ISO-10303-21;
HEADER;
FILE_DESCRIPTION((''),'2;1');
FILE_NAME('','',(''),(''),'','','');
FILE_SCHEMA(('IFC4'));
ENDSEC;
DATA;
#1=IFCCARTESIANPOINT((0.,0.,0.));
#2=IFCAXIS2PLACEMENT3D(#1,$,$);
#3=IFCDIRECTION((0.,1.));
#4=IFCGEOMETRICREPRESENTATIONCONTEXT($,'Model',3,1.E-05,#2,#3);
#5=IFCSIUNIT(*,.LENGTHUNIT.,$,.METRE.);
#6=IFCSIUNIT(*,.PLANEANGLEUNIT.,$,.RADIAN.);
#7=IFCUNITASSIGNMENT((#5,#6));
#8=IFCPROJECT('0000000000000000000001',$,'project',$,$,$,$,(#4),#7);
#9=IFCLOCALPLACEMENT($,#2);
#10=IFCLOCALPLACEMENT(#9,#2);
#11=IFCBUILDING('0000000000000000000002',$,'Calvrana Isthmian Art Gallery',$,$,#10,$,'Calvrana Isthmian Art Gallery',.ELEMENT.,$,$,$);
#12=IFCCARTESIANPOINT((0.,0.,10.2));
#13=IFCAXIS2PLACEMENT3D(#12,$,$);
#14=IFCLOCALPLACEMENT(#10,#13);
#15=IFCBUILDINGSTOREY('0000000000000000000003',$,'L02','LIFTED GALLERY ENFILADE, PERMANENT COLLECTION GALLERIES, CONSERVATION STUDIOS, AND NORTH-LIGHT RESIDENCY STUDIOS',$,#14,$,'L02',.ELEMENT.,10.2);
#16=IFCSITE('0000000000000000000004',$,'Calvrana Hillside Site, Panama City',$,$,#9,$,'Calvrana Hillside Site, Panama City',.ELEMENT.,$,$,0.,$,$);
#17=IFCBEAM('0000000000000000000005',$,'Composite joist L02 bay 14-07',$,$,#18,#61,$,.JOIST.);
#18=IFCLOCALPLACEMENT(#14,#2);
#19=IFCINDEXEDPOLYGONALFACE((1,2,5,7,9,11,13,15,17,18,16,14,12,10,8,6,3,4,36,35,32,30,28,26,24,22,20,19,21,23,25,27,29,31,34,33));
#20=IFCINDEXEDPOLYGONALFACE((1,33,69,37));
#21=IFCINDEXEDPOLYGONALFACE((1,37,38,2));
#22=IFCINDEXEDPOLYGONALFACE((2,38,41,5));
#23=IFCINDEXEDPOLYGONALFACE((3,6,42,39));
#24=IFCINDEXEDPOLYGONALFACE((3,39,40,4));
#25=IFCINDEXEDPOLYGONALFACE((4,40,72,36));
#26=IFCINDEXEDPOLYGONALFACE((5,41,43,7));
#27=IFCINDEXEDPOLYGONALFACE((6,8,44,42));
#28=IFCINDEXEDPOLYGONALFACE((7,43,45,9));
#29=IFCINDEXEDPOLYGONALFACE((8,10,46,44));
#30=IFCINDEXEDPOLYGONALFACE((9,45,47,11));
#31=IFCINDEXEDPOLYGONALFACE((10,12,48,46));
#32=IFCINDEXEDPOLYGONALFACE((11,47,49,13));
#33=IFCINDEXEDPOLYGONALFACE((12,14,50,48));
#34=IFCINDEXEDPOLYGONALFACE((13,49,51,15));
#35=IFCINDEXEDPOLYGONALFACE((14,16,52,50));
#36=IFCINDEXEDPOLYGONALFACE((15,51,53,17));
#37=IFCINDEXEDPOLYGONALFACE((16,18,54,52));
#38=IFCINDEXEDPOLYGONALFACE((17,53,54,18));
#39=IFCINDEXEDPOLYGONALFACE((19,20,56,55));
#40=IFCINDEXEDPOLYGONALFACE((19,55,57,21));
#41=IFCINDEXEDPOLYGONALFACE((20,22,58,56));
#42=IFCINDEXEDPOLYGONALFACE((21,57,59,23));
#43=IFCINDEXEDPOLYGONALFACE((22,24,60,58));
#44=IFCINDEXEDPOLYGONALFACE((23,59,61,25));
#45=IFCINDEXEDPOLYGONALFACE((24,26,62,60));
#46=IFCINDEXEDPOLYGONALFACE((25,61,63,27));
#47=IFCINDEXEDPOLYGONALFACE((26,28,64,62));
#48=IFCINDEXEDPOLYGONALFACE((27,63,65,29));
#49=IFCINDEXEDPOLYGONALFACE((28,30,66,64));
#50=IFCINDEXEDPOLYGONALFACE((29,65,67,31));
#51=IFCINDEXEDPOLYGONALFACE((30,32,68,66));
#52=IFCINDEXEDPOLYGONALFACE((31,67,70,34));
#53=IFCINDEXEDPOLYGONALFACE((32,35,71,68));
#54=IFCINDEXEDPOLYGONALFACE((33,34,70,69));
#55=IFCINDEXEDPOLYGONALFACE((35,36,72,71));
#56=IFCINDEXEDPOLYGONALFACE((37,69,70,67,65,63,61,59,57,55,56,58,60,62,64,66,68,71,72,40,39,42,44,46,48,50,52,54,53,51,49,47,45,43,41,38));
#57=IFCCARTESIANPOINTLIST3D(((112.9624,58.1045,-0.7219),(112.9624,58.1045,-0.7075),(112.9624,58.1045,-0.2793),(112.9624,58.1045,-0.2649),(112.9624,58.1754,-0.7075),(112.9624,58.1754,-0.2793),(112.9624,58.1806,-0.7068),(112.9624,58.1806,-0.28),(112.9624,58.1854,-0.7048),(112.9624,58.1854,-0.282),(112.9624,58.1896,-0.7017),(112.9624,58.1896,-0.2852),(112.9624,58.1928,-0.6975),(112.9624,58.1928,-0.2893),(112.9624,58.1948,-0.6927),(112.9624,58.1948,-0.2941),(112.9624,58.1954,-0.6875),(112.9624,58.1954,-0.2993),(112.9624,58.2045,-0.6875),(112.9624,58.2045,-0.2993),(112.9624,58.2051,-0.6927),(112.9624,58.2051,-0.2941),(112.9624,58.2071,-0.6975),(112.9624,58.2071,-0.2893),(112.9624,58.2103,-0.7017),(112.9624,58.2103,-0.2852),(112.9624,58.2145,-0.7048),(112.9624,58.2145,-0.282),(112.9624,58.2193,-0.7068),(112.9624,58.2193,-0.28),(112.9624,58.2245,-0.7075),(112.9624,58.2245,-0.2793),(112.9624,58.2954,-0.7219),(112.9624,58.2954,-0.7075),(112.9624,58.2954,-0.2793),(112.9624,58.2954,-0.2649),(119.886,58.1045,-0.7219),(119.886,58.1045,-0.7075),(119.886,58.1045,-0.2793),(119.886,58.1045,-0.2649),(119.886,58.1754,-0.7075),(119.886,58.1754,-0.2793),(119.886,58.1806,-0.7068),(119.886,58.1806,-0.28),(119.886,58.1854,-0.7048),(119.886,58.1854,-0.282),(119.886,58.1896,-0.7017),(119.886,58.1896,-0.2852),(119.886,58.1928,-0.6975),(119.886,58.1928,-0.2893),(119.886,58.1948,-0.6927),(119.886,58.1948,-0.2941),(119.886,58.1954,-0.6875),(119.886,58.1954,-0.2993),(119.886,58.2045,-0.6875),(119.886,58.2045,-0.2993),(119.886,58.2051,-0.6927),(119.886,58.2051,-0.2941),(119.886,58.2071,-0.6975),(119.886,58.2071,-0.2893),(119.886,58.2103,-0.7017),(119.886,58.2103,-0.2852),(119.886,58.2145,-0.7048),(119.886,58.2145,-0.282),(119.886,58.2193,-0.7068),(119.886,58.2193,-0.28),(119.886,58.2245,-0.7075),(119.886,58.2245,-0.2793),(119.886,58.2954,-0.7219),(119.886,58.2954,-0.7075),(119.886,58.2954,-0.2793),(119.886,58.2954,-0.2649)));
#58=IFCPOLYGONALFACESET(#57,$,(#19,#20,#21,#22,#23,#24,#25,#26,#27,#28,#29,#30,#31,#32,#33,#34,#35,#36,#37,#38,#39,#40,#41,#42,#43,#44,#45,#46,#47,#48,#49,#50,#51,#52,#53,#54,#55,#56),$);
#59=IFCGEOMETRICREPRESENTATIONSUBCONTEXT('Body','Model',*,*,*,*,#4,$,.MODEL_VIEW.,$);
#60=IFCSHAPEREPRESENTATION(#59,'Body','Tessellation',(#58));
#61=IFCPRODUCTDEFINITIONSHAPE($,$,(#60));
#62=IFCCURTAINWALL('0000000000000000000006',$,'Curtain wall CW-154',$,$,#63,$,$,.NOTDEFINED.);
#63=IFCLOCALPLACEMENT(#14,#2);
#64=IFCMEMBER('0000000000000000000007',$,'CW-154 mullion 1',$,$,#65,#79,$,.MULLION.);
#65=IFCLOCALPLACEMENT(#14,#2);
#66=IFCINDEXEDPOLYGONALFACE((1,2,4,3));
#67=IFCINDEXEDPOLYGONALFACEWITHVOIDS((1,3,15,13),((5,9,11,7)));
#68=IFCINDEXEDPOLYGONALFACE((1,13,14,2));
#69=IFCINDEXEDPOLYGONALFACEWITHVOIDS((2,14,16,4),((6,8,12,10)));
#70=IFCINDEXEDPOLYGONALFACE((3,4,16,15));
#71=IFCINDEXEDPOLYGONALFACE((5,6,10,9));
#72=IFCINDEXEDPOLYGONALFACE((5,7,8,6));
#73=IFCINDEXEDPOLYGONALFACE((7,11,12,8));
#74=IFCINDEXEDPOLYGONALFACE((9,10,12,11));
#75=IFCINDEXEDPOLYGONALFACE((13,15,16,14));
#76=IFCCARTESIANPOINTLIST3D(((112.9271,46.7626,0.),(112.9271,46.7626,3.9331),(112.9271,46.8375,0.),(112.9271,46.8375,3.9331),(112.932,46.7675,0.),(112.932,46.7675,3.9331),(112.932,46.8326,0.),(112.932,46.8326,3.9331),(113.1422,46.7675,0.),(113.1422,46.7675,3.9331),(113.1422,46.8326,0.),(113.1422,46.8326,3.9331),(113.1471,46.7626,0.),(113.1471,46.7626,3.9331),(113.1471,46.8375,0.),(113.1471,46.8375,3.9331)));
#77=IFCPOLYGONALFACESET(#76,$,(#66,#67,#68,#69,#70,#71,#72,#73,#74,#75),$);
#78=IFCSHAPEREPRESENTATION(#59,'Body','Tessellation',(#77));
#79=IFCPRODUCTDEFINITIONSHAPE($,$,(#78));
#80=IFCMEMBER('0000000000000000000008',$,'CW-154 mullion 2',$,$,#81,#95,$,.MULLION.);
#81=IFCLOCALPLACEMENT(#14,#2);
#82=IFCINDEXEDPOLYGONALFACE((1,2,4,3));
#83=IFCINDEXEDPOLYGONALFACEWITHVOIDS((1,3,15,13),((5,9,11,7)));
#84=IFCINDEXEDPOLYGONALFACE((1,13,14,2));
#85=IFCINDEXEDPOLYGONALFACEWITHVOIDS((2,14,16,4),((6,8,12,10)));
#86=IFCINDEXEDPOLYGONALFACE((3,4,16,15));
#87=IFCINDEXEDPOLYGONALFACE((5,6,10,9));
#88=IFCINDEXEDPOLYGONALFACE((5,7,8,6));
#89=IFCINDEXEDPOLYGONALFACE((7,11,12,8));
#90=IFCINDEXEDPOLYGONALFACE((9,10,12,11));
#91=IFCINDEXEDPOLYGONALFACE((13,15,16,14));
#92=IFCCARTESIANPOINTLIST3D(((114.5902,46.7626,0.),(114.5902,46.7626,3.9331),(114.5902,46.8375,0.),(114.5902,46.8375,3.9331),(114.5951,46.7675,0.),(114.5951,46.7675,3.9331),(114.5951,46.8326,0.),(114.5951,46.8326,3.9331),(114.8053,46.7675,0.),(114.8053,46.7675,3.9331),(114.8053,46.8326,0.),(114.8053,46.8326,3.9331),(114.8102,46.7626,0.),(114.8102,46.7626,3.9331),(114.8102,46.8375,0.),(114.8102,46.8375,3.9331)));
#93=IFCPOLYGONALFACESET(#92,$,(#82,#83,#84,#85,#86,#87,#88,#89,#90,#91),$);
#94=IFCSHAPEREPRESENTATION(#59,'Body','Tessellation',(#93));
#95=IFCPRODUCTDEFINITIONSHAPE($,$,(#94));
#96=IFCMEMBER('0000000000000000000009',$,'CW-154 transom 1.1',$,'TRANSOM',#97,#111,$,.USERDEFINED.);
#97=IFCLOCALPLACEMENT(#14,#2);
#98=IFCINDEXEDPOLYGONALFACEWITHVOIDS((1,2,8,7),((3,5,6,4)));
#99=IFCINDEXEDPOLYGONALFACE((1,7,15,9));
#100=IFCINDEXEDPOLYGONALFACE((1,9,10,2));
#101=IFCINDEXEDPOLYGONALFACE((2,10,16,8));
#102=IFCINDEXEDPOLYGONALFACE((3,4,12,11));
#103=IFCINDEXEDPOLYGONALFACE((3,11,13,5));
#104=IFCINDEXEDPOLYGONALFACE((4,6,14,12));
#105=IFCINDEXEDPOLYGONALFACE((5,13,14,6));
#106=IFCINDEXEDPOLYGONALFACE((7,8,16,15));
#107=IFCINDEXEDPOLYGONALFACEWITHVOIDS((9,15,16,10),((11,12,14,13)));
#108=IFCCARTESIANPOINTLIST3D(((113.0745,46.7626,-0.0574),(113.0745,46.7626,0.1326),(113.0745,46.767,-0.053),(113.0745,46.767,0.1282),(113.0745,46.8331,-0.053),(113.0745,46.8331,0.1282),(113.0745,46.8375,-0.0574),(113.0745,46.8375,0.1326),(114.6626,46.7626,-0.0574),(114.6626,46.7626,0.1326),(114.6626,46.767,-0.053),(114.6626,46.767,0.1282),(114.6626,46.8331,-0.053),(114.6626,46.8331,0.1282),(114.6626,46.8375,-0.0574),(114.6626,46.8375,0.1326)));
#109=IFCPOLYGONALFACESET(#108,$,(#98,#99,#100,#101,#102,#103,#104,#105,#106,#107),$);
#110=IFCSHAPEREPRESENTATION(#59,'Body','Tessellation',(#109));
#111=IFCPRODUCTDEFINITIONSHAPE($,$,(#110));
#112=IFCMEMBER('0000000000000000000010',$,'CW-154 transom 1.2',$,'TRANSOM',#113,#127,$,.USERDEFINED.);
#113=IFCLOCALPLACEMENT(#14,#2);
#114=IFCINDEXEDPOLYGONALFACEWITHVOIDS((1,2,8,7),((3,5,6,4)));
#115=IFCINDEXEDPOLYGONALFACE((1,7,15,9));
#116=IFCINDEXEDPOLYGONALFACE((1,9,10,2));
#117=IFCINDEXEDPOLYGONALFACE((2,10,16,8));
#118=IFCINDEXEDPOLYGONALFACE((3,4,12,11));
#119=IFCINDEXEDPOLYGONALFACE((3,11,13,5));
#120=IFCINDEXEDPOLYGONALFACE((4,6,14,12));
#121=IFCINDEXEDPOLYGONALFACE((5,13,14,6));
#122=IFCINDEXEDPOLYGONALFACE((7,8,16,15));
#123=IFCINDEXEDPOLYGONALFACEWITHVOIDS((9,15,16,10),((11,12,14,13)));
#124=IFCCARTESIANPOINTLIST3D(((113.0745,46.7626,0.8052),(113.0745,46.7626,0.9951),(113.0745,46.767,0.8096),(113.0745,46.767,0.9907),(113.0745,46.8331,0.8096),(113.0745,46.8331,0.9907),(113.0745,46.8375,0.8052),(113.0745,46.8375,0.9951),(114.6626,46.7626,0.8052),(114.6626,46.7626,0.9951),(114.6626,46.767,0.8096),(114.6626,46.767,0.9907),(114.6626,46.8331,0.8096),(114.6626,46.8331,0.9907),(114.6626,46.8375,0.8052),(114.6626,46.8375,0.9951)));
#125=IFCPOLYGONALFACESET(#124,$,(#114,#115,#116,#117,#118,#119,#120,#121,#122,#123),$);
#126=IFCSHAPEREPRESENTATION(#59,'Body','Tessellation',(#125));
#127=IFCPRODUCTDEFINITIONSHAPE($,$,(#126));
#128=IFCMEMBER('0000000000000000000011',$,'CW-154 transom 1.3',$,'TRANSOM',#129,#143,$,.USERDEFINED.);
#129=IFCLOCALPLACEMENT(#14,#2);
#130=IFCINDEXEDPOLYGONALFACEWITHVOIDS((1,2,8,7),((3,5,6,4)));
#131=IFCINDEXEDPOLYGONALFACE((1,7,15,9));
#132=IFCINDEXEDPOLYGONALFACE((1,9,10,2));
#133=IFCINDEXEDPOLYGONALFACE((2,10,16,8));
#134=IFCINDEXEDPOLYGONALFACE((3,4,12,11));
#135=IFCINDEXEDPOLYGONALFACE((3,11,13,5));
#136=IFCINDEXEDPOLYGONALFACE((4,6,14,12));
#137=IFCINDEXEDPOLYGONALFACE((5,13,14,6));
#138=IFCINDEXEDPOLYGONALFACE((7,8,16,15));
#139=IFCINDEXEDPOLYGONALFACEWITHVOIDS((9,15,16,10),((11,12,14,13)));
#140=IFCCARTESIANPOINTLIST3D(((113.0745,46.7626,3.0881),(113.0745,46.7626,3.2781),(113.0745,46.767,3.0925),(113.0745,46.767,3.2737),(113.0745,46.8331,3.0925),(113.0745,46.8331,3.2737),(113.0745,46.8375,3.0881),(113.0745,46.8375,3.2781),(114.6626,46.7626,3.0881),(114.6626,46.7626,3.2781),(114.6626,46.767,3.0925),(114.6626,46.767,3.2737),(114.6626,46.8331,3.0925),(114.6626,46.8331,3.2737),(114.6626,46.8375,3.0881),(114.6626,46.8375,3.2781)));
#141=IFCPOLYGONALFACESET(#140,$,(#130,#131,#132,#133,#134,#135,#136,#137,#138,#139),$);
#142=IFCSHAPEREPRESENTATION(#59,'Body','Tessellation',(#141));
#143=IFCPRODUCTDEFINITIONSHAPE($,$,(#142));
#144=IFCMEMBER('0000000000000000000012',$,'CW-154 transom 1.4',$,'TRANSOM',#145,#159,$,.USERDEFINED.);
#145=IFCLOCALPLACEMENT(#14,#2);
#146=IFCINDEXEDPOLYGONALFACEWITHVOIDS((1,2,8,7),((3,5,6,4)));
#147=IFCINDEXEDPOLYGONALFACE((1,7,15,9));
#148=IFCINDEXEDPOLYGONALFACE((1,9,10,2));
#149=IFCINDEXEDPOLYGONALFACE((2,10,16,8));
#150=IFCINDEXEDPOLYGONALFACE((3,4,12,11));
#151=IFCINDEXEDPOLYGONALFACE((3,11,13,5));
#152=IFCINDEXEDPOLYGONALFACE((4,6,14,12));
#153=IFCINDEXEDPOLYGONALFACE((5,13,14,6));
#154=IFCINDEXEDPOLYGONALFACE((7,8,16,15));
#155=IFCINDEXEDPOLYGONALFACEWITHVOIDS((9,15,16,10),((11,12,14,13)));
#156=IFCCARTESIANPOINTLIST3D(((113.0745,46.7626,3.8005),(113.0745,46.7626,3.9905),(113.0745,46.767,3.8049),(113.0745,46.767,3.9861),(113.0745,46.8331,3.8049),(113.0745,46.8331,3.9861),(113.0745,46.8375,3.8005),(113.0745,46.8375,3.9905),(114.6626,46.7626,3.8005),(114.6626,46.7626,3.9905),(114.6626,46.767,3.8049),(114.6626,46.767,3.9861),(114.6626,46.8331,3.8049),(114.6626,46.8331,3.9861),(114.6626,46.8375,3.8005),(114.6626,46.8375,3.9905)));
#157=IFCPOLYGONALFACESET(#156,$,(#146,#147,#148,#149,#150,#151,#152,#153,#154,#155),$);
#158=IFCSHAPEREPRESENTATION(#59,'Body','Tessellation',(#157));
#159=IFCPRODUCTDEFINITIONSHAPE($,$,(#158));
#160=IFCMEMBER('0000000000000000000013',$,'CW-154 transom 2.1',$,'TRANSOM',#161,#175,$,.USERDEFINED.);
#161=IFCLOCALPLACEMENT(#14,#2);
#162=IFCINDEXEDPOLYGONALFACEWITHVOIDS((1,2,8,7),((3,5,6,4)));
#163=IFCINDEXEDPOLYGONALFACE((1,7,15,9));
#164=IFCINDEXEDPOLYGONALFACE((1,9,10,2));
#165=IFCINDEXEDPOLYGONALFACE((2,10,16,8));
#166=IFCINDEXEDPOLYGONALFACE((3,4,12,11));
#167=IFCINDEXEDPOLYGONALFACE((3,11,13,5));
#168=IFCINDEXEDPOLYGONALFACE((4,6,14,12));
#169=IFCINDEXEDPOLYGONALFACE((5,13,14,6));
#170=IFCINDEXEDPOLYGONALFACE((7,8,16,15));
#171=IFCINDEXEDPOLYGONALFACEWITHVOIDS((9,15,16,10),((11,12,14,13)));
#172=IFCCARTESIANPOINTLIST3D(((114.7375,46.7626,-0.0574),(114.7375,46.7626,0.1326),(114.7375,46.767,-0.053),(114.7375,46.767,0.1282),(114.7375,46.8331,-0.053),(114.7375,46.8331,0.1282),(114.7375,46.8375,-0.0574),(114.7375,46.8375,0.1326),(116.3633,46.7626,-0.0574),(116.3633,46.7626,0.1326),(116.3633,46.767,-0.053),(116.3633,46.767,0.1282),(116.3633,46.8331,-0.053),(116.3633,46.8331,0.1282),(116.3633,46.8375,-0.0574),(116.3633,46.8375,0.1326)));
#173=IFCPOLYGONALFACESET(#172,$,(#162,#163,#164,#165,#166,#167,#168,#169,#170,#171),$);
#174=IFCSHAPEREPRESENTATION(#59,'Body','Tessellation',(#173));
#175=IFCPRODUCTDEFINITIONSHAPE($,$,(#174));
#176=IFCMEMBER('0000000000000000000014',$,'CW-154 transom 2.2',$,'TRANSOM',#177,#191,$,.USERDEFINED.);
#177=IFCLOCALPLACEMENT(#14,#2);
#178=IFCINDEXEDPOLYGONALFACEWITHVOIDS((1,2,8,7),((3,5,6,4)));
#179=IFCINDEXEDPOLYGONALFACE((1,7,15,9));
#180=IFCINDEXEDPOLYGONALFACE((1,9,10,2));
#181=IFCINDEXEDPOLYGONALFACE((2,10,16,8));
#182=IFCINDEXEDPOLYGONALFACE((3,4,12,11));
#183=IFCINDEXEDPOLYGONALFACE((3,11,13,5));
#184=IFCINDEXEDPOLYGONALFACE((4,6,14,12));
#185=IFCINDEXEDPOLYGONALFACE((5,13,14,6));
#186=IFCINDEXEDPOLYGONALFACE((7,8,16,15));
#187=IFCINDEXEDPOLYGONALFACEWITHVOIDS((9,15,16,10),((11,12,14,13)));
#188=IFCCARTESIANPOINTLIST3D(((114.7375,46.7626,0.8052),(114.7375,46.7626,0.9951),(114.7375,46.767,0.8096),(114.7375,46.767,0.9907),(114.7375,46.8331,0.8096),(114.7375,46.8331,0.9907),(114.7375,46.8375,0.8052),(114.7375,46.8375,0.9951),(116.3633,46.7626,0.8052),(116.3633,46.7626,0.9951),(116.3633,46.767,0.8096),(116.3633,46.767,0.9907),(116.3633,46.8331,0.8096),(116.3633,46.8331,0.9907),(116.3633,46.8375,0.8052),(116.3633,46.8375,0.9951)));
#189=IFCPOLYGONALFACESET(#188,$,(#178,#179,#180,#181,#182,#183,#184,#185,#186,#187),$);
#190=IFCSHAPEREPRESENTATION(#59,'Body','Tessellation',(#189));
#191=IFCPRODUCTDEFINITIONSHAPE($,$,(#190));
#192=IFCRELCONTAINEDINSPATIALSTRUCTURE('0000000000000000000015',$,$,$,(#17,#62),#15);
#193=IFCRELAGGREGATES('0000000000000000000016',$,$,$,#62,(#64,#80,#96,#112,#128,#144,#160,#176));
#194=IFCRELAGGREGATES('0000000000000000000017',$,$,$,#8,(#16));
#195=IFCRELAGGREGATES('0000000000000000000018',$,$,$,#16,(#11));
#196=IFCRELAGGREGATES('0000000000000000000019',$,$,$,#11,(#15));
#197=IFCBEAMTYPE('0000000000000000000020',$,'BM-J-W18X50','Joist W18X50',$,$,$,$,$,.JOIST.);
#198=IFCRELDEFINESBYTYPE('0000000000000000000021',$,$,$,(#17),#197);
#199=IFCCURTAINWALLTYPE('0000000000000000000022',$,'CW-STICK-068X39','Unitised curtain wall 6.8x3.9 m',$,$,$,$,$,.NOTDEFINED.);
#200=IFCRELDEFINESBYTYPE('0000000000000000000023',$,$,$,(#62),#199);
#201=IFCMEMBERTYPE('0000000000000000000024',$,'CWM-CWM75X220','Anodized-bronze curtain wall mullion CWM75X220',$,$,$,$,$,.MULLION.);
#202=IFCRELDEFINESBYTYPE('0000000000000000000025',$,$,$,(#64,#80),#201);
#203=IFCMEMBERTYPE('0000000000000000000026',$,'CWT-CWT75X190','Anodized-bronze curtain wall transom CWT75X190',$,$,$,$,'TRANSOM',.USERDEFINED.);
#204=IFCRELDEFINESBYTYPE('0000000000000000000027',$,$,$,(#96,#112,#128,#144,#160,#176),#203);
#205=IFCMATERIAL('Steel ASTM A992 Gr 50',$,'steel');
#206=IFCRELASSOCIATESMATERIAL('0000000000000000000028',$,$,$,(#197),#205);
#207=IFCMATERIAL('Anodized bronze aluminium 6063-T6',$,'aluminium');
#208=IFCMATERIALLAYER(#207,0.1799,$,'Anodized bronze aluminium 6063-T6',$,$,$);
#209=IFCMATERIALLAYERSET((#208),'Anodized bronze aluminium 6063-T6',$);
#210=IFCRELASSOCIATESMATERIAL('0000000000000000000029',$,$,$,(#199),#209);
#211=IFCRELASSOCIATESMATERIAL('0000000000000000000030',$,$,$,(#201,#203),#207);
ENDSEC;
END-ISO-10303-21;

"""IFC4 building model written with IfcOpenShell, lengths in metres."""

from ifc_helpers import new_model, si_unit, direction, frame, origin, origin_2d, place, context, subcontext, project, spatial, hollow_rectangle, i_section, extrude, material, layer, layer_set, material_profile, profile_set, type_object, element, aggregate, save


model = new_model("IFC4")

# Units and contexts
model_context = context("Model", 3, precision=1e-05, world=origin(), true_north=direction((0.0, 1.0)))
body_context = subcontext(model_context, "Body", "Model", "MODEL_VIEW")
ifc_project = project(units=[si_unit("LENGTHUNIT", "METRE"), si_unit("PLANEANGLEUNIT", "RADIAN")], contexts=[model_context])

# Site, building, storey
site_placement = place(None, origin())
site = spatial("IfcSite", under=ifc_project, at=site_placement, Name="Calvrana Hillside Site, Panama City", LongName="Calvrana Hillside Site, Panama City", CompositionType="ELEMENT", RefElevation=0.0)
building_placement = place(site_placement, origin())
building = spatial("IfcBuilding", under=site, at=building_placement, Name="Calvrana Isthmian Art Gallery", LongName="Calvrana Isthmian Art Gallery", CompositionType="ELEMENT")
storey_placement = place(building_placement, frame((0.0, 0.0, 10.2)))
storey = spatial("IfcBuildingStorey", under=building, at=storey_placement, Name="L02", Description="LIFTED GALLERY ENFILADE, PERMANENT COLLECTION GALLERIES, CONSERVATION STUDIOS, AND NORTH-LIGHT RESIDENCY STUDIOS", LongName="L02", CompositionType="ELEMENT", Elevation=10.2)

# Shared definitions
ifc_material_1 = material(Name="Steel ASTM A992 Gr 50", Category="steel")

# Beam
ifc_material_profile_1 = material_profile(ifc_material_1, i_section(OverallWidth=0.1909, OverallDepth=0.457, WebThickness=0.009, FlangeThickness=0.0144, FilletRadius=0.02, at=origin_2d()), Name="W18X50")
ifc_profile_set_1 = profile_set([ifc_material_profile_1], Name="Steel ASTM A992 Gr 50")
beam_type_1 = type_object("IfcBeamType", Name="BM-J-W18X50", Description="Joist W18X50", PredefinedType="JOIST", material=ifc_profile_set_1)
beam_1_placement = place(storey_placement, frame((112.9624, 58.2, -0.4934), z_axis=(1.0, 0.0, 0.0), x_axis=(0.0, 1.0, 0.0)))
element("IfcBeam", 1, at=beam_1_placement, inside=storey, type_object=beam_type_1, Name="Composite joist L02 bay 14-07", PredefinedType="JOIST", context=body_context, shape_type="SweptSolid", body=[
    extrude(i_section(OverallWidth=0.1909, OverallDepth=0.457, WebThickness=0.009, FlangeThickness=0.0144, FilletRadius=0.02, at=origin_2d()), origin(), (0.0, 0.0, 1.0), 6.9236),
])

# Curtain wall, members
ifc_material_2 = material(Name="Anodized bronze aluminium 6063-T6", Category="aluminium")
ifc_layer_1 = layer(ifc_material_2, 0.1799, Name="Anodized bronze aluminium 6063-T6")
ifc_layer_set_1 = layer_set([ifc_layer_1], Name="Anodized bronze aluminium 6063-T6")
curtain_wall_type = type_object("IfcCurtainWallType", Name="CW-STICK-068X39", Description="Unitised curtain wall 6.8x3.9 m", PredefinedType="NOTDEFINED", material=ifc_layer_set_1)
curtain_wall_placement = place(storey_placement, origin())
curtain_wall = element("IfcCurtainWall", 2, at=curtain_wall_placement, inside=storey, type_object=curtain_wall_type, Name="Curtain wall CW-154", PredefinedType="NOTDEFINED")
ifc_material_profile_2 = material_profile(ifc_material_2, hollow_rectangle(XDim=0.075, YDim=0.22, WallThickness=0.0049, at=origin_2d()), Name="CWM75X220")
ifc_profile_set_2 = profile_set([ifc_material_profile_2], Name="Anodized bronze aluminium 6063-T6")
member_type_1 = type_object("IfcMemberType", Name="CWM-CWM75X220", Description="Anodized-bronze curtain wall mullion CWM75X220", PredefinedType="MULLION", material=ifc_profile_set_2)
member_1_placement = place(storey_placement, frame((113.0371, 46.8, 0.0), z_axis=(0.0, 0.0, 1.0), x_axis=(0.0, 1.0, 0.0)))
member_1 = element("IfcMember", 3, at=member_1_placement, type_object=member_type_1, Name="CW-154 mullion 1", PredefinedType="MULLION", context=body_context, shape_type="SweptSolid", body=[
    extrude(hollow_rectangle(XDim=0.075, YDim=0.22, WallThickness=0.0049, at=origin_2d()), origin(), (0.0, 0.0, 1.0), 3.9331),
])
member_2_placement = place(storey_placement, frame((114.7002, 46.8, 0.0), z_axis=(0.0, 0.0, 1.0), x_axis=(0.0, 1.0, 0.0)))
member_2 = element("IfcMember", 4, at=member_2_placement, type_object=member_type_1, Name="CW-154 mullion 2", PredefinedType="MULLION", context=body_context, shape_type="SweptSolid", body=[
    extrude(hollow_rectangle(XDim=0.075, YDim=0.22, WallThickness=0.0049, at=origin_2d()), origin(), (0.0, 0.0, 1.0), 3.9331),
])
ifc_material_profile_3 = material_profile(ifc_material_2, hollow_rectangle(XDim=0.075, YDim=0.1899, WallThickness=0.0044, at=origin_2d()), Name="CWT75X190")
ifc_profile_set_3 = profile_set([ifc_material_profile_3], Name="Anodized bronze aluminium 6063-T6")
member_type_2 = type_object("IfcMemberType", Name="CWT-CWT75X190", Description="Anodized-bronze curtain wall transom CWT75X190", ElementType="TRANSOM", PredefinedType="USERDEFINED", material=ifc_profile_set_3)
member_3_placement = place(storey_placement, frame((113.0745, 46.8, 0.0376), z_axis=(1.0, 0.0, 0.0), x_axis=(0.0, 1.0, 0.0)))
member_3 = element("IfcMember", 5, at=member_3_placement, type_object=member_type_2, Name="CW-154 transom 1.1", ObjectType="TRANSOM", PredefinedType="USERDEFINED", context=body_context, shape_type="SweptSolid", body=[
    extrude(hollow_rectangle(XDim=0.075, YDim=0.1899, WallThickness=0.0044, at=origin_2d()), origin(), (0.0, 0.0, 1.0), 1.5881),
])
member_4_placement = place(storey_placement, frame((113.0745, 46.8, 0.9001), z_axis=(1.0, 0.0, 0.0), x_axis=(0.0, 1.0, 0.0)))
member_4 = element("IfcMember", 6, at=member_4_placement, type_object=member_type_2, Name="CW-154 transom 1.2", ObjectType="TRANSOM", PredefinedType="USERDEFINED", context=body_context, shape_type="SweptSolid", body=[
    extrude(hollow_rectangle(XDim=0.075, YDim=0.1899, WallThickness=0.0044, at=origin_2d()), origin(), (0.0, 0.0, 1.0), 1.5881),
])
member_5_placement = place(storey_placement, frame((113.0745, 46.8, 3.1831), z_axis=(1.0, 0.0, 0.0), x_axis=(0.0, 1.0, 0.0)))
member_5 = element("IfcMember", 7, at=member_5_placement, type_object=member_type_2, Name="CW-154 transom 1.3", ObjectType="TRANSOM", PredefinedType="USERDEFINED", context=body_context, shape_type="SweptSolid", body=[
    extrude(hollow_rectangle(XDim=0.075, YDim=0.1899, WallThickness=0.0044, at=origin_2d()), origin(), (0.0, 0.0, 1.0), 1.5881),
])
member_6_placement = place(storey_placement, frame((113.0745, 46.8, 3.8955), z_axis=(1.0, 0.0, 0.0), x_axis=(0.0, 1.0, 0.0)))
member_6 = element("IfcMember", 8, at=member_6_placement, type_object=member_type_2, Name="CW-154 transom 1.4", ObjectType="TRANSOM", PredefinedType="USERDEFINED", context=body_context, shape_type="SweptSolid", body=[
    extrude(hollow_rectangle(XDim=0.075, YDim=0.1899, WallThickness=0.0044, at=origin_2d()), origin(), (0.0, 0.0, 1.0), 1.5881),
])
member_7_placement = place(storey_placement, frame((114.7375, 46.8, 0.0376), z_axis=(1.0, 0.0, 0.0), x_axis=(0.0, 1.0, 0.0)))
member_7 = element("IfcMember", 9, at=member_7_placement, type_object=member_type_2, Name="CW-154 transom 2.1", ObjectType="TRANSOM", PredefinedType="USERDEFINED", context=body_context, shape_type="SweptSolid", body=[
    extrude(hollow_rectangle(XDim=0.075, YDim=0.1899, WallThickness=0.0044, at=origin_2d()), origin(), (0.0, 0.0, 1.0), 1.6257),
])
member_8_placement = place(storey_placement, frame((114.7375, 46.8, 0.9001), z_axis=(1.0, 0.0, 0.0), x_axis=(0.0, 1.0, 0.0)))
member_8 = element("IfcMember", 10, at=member_8_placement, type_object=member_type_2, Name="CW-154 transom 2.2", ObjectType="TRANSOM", PredefinedType="USERDEFINED", context=body_context, shape_type="SweptSolid", body=[
    extrude(hollow_rectangle(XDim=0.075, YDim=0.1899, WallThickness=0.0044, at=origin_2d()), origin(), (0.0, 0.0, 1.0), 1.6257),
])
aggregate(curtain_wall, [member_1, member_2, member_3, member_4, member_5, member_6, member_7, member_8])

save(model, "model.ifc")
